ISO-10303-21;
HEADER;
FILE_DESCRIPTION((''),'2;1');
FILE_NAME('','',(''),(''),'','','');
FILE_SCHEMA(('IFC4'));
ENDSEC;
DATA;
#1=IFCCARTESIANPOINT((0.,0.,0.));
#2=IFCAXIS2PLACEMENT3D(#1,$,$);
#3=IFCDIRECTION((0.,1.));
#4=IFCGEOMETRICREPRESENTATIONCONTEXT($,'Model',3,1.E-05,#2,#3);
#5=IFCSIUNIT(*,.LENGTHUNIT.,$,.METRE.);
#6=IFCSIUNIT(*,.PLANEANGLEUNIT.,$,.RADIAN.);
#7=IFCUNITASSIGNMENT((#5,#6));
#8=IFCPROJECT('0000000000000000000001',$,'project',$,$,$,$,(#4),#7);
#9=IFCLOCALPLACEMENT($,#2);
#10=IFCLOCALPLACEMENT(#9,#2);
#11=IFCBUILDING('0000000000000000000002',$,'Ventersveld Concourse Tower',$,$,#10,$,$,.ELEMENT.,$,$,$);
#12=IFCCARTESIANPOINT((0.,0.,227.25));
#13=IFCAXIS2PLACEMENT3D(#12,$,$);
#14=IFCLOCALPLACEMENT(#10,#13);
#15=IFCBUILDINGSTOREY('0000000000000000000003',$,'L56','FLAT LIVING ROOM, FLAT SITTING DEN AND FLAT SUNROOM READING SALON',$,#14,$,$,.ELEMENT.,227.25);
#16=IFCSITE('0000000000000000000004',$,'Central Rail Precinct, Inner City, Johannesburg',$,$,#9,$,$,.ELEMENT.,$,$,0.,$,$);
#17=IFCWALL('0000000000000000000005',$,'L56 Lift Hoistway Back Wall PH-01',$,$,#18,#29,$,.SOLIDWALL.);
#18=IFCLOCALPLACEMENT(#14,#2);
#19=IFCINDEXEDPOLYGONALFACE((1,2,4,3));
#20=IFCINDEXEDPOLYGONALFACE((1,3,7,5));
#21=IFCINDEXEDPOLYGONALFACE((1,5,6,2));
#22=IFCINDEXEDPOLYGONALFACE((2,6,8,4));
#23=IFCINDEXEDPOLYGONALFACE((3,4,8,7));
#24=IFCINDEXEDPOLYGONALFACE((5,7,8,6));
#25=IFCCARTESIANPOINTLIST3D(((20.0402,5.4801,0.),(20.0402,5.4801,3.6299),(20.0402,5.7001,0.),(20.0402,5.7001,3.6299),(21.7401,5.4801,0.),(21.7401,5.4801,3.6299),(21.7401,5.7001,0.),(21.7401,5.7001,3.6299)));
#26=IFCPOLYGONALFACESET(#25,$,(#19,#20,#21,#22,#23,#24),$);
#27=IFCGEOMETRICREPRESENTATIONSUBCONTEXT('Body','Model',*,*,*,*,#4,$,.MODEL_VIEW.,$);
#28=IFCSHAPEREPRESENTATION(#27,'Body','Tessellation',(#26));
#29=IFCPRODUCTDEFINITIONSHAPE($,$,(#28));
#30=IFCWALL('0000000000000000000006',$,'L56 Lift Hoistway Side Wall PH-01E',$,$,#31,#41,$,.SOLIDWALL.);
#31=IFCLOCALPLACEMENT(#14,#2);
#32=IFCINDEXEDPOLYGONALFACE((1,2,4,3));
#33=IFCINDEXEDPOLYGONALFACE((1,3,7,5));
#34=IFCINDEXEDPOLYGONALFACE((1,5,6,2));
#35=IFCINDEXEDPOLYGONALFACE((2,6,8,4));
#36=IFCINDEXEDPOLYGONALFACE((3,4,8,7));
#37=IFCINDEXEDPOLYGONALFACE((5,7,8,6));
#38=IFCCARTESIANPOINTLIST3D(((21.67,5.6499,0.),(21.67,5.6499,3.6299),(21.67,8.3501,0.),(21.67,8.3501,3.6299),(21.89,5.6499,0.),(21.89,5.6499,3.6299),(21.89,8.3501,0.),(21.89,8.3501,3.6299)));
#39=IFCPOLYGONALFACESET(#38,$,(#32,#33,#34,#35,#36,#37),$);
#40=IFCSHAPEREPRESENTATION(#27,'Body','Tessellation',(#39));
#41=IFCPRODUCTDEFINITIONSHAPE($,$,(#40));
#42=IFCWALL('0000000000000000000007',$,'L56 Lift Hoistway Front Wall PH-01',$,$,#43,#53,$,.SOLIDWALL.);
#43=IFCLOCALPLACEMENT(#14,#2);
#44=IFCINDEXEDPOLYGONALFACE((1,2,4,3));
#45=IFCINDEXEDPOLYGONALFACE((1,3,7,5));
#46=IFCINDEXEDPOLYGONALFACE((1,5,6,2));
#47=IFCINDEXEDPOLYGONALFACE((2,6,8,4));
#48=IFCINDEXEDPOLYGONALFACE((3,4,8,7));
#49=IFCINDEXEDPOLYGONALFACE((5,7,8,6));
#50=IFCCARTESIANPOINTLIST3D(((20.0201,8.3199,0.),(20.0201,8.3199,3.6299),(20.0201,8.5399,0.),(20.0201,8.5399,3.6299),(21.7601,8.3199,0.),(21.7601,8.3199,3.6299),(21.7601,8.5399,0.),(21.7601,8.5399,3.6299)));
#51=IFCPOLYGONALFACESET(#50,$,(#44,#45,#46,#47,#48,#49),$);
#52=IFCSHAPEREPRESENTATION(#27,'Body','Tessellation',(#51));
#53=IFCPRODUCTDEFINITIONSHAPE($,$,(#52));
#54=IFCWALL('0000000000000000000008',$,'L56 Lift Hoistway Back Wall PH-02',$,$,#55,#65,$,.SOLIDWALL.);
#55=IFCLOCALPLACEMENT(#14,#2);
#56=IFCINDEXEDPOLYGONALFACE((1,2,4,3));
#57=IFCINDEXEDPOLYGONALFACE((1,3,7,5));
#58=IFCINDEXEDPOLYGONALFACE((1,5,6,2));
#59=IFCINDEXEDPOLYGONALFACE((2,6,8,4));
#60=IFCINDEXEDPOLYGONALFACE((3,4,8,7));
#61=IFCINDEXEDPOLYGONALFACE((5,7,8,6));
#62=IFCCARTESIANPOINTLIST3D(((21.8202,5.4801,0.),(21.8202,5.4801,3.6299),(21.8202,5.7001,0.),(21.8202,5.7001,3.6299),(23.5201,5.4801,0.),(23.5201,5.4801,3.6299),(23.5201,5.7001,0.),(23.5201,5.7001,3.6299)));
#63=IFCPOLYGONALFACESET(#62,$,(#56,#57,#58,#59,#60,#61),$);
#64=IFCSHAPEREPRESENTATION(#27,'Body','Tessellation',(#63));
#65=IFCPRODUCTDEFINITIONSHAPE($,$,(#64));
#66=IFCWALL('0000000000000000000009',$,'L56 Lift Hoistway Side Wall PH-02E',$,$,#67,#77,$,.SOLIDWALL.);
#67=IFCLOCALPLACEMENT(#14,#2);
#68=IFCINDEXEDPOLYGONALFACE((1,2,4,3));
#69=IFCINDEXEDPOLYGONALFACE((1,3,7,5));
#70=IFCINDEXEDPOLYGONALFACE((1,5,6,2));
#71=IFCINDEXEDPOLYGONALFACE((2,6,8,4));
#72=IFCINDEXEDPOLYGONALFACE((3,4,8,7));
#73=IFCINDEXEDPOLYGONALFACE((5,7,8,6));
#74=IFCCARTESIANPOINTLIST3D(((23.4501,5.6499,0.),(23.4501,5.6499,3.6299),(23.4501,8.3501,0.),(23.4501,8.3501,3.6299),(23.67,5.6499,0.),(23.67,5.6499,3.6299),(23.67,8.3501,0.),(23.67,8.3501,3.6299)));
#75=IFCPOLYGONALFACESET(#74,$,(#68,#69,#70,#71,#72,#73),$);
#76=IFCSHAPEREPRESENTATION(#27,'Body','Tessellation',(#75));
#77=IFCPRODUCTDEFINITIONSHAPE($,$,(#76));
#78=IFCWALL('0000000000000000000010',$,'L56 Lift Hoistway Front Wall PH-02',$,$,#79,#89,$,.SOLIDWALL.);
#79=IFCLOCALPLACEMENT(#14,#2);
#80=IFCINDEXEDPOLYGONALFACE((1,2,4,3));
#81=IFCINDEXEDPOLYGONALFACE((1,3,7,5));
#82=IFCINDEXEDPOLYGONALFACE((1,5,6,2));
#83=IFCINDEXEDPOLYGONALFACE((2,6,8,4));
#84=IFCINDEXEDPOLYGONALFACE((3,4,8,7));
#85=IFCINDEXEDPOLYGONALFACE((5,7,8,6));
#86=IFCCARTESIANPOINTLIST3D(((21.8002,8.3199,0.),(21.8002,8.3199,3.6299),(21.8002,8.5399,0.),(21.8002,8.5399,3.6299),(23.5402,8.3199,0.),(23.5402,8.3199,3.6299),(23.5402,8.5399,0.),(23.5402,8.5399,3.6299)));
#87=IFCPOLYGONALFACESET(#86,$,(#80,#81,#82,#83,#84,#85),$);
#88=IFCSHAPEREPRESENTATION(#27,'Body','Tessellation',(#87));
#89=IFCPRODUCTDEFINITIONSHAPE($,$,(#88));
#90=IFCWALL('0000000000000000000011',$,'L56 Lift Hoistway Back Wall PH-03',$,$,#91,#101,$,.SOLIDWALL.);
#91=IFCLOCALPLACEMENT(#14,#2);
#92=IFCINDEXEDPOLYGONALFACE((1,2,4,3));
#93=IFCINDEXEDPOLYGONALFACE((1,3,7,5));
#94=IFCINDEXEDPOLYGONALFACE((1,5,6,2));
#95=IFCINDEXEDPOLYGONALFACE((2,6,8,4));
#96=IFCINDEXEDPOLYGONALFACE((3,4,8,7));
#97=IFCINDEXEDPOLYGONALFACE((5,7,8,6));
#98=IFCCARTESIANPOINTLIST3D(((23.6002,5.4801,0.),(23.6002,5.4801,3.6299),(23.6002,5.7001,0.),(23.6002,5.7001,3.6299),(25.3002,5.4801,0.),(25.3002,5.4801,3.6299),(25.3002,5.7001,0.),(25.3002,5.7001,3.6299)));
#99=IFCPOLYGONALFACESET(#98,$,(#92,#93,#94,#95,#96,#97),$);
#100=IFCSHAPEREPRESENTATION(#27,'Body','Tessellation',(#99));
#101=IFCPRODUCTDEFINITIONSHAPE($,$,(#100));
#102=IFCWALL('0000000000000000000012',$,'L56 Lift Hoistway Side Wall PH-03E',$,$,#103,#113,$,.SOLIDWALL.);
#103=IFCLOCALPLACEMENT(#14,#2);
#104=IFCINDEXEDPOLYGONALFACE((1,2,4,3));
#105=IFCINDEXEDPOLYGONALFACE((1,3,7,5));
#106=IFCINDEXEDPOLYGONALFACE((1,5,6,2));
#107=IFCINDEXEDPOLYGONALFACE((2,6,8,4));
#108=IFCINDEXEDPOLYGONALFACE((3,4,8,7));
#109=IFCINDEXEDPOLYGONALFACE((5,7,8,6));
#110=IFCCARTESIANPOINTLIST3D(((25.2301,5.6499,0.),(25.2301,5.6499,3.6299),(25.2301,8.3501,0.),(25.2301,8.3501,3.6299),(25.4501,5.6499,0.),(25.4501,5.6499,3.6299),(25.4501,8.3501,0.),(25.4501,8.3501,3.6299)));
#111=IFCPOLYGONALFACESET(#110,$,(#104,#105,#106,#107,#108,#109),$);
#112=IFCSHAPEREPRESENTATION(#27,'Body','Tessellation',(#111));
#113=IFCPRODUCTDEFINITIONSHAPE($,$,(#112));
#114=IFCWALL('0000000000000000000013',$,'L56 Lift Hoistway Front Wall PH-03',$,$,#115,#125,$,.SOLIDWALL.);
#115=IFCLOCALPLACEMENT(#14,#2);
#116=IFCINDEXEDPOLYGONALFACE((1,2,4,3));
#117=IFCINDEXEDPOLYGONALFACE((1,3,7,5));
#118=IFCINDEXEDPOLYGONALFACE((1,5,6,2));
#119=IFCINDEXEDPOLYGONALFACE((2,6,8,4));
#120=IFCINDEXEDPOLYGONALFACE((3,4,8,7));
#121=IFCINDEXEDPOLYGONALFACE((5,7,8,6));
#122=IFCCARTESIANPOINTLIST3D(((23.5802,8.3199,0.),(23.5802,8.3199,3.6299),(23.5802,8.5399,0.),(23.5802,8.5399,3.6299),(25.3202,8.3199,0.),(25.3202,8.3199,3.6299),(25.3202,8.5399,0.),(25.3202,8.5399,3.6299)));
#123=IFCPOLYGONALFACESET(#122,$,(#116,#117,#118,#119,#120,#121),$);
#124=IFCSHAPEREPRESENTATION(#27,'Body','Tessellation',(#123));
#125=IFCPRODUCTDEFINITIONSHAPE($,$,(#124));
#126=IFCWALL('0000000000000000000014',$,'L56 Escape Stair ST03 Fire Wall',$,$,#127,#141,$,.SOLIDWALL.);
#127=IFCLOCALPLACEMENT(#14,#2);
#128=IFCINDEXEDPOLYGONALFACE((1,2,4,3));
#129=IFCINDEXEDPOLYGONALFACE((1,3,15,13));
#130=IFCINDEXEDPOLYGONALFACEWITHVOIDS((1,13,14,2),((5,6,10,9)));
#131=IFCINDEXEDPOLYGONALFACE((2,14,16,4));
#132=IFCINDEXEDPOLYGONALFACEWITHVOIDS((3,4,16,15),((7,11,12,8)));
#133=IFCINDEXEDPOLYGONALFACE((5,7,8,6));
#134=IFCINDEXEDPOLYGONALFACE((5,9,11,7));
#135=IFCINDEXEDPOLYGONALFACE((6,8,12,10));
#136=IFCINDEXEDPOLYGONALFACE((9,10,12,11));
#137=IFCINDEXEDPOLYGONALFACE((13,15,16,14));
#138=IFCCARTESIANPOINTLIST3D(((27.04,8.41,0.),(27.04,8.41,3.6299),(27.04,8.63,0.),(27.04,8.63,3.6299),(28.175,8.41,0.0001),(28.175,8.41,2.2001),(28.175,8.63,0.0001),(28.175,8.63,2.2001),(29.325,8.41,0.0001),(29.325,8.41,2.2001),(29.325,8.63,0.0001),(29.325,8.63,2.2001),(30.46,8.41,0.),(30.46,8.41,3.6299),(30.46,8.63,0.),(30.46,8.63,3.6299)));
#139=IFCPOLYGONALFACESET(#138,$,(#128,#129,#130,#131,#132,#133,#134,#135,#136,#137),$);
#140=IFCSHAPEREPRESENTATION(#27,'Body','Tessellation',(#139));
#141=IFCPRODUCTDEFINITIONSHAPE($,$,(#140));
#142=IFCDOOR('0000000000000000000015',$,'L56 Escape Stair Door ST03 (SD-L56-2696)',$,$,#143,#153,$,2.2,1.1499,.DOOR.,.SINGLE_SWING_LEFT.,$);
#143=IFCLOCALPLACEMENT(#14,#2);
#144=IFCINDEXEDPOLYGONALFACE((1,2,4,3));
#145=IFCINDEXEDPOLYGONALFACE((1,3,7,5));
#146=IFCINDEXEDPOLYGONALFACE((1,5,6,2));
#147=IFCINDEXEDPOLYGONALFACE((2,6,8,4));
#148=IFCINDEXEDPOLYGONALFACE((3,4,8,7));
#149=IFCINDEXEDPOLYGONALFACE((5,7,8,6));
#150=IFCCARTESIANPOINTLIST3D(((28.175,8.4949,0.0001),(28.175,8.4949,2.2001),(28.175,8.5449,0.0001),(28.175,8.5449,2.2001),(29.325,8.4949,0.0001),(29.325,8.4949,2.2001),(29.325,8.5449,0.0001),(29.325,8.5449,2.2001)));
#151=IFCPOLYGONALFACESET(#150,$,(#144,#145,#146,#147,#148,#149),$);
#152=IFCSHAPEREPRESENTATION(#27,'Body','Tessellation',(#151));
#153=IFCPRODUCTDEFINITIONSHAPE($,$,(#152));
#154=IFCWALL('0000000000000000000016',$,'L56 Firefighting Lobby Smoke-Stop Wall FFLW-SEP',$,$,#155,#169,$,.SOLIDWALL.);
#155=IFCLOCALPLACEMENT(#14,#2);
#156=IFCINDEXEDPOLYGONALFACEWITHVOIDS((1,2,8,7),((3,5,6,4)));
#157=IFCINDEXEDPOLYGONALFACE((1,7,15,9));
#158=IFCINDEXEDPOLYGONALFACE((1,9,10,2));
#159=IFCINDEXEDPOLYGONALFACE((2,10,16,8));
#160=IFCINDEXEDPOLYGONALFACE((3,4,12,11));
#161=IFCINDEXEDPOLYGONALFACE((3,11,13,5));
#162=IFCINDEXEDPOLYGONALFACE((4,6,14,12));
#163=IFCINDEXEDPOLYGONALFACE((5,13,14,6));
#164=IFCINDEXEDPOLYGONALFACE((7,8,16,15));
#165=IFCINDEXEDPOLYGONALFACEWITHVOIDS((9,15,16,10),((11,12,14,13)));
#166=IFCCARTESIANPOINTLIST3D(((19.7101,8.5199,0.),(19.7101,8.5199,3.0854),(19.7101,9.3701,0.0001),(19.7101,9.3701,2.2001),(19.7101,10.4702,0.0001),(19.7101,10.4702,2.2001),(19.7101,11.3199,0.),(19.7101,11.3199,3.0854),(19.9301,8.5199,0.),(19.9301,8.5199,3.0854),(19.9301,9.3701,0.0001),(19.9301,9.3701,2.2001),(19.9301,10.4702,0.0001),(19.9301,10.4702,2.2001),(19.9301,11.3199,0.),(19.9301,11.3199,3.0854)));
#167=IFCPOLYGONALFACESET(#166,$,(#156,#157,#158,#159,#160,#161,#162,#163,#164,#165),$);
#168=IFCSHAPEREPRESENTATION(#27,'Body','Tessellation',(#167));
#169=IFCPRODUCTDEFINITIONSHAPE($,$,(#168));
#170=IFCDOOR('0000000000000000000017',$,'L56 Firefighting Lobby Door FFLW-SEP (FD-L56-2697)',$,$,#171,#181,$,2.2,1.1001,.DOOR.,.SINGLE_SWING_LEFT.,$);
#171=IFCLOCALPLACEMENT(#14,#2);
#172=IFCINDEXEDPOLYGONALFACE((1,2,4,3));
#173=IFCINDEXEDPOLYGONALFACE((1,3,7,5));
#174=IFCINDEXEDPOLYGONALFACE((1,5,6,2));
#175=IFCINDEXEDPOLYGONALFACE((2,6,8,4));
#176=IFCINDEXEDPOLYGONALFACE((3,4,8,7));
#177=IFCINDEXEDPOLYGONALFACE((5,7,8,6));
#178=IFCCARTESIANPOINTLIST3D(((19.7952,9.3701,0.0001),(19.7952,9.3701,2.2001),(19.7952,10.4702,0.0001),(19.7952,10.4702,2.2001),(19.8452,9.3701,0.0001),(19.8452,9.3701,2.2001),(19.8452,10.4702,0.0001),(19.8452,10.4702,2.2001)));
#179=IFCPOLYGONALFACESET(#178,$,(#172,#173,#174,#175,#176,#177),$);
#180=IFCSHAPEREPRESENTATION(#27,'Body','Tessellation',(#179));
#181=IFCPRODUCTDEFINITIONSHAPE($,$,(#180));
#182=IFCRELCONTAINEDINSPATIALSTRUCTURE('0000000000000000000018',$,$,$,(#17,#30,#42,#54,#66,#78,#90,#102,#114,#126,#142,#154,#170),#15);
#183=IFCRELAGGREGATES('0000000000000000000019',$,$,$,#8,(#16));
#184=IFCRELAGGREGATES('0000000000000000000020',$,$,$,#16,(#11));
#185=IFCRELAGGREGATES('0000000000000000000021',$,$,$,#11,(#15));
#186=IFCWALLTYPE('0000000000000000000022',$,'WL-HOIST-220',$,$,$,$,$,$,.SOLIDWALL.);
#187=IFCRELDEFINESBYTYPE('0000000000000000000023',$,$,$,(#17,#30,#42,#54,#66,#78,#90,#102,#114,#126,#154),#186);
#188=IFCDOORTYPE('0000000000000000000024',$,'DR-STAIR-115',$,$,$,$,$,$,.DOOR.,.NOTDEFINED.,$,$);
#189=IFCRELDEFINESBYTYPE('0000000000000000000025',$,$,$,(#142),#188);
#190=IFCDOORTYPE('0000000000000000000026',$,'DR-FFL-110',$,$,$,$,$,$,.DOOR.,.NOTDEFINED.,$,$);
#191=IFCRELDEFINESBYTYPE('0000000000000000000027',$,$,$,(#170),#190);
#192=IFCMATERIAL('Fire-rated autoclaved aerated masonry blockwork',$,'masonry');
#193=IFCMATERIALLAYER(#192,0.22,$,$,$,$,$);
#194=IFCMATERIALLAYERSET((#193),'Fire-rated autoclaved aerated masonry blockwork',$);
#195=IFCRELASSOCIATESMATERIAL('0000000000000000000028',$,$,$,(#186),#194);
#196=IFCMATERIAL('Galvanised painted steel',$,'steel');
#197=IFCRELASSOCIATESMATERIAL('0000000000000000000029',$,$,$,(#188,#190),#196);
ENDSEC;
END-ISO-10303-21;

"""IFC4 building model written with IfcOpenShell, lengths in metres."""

from ifc_helpers import new_model, si_unit, direction, frame, frame_2d, origin, place, context, subcontext, project, spatial, rectangle, extrude, material, layer, layer_set, type_object, element, fill, save


model = new_model("IFC4")

# Units and contexts
model_context = context("Model", 3, precision=1e-05, world=origin(), true_north=direction((0.0, 1.0)))
body_context = subcontext(model_context, "Body", "Model", "MODEL_VIEW")
ifc_project = project(units=[si_unit("LENGTHUNIT", "METRE"), si_unit("PLANEANGLEUNIT", "RADIAN")], contexts=[model_context])

# Site, building, storey
site_placement = place(None, origin())
site = spatial("IfcSite", under=ifc_project, at=site_placement, Name="Central Rail Precinct, Inner City, Johannesburg", CompositionType="ELEMENT", RefElevation=0.0)
building_placement = place(site_placement, origin())
building = spatial("IfcBuilding", under=site, at=building_placement, Name="Ventersveld Concourse Tower", CompositionType="ELEMENT")
storey_placement = place(building_placement, frame((0.0, 0.0, 227.25)))
storey = spatial("IfcBuildingStorey", under=building, at=storey_placement, Name="L56", Description="FLAT LIVING ROOM, FLAT SITTING DEN AND FLAT SUNROOM READING SALON", CompositionType="ELEMENT", Elevation=227.25)

# Shared definitions
ifc_material_1 = material(Name="Fire-rated autoclaved aerated masonry blockwork", Category="masonry")
ifc_material_2 = material(Name="Galvanised painted steel", Category="steel")

# Shared definitions
ifc_layer_1 = layer(ifc_material_1, 0.22)
ifc_layer_set_1 = layer_set([ifc_layer_1], Name="Fire-rated autoclaved aerated masonry blockwork")
wall_type_1 = type_object("IfcWallType", Name="WL-HOIST-220", PredefinedType="SOLIDWALL", material=ifc_layer_set_1)

# Walls
wall_1_placement = place(storey_placement, frame((20.04, 5.5901, 0.0), z_axis=(0.0, 0.0, 1.0), x_axis=(1.0, 0.0, 0.0)))
element("IfcWall", 1, at=wall_1_placement, inside=storey, type_object=wall_type_1, Name="L56 Lift Hoistway Back Wall PH-01", PredefinedType="SOLIDWALL", context=body_context, shape_type="SweptSolid", body=[
    extrude(rectangle(XDim=1.7, YDim=0.22, at=frame_2d((0.8501, 0.0))), origin(), (0.0, 0.0, 1.0), 3.6299),
])
wall_2_placement = place(storey_placement, frame((21.78, 5.6499, 0.0), z_axis=(0.0, 0.0, 1.0), x_axis=(0.0, 1.0, 0.0)))
element("IfcWall", 2, at=wall_2_placement, inside=storey, type_object=wall_type_1, Name="L56 Lift Hoistway Side Wall PH-01E", PredefinedType="SOLIDWALL", context=body_context, shape_type="SweptSolid", body=[
    extrude(rectangle(XDim=2.7002, YDim=0.22, at=frame_2d((1.3501, 0.0))), origin(), (0.0, 0.0, 1.0), 3.6299),
])
wall_3_placement = place(storey_placement, frame((20.02, 8.4299, 0.0), z_axis=(0.0, 0.0, 1.0), x_axis=(1.0, 0.0, 0.0)))
element("IfcWall", 3, at=wall_3_placement, inside=storey, type_object=wall_type_1, Name="L56 Lift Hoistway Front Wall PH-01", PredefinedType="SOLIDWALL", context=body_context, shape_type="SweptSolid", body=[
    extrude(rectangle(XDim=1.74, YDim=0.22, at=frame_2d((0.8701, 0.0))), origin(), (0.0, 0.0, 1.0), 3.6299),
])
wall_4_placement = place(storey_placement, frame((21.8201, 5.5901, 0.0), z_axis=(0.0, 0.0, 1.0), x_axis=(1.0, 0.0, 0.0)))
element("IfcWall", 4, at=wall_4_placement, inside=storey, type_object=wall_type_1, Name="L56 Lift Hoistway Back Wall PH-02", PredefinedType="SOLIDWALL", context=body_context, shape_type="SweptSolid", body=[
    extrude(rectangle(XDim=1.7, YDim=0.22, at=frame_2d((0.8501, 0.0))), origin(), (0.0, 0.0, 1.0), 3.6299),
])
wall_5_placement = place(storey_placement, frame((23.5601, 5.6499, 0.0), z_axis=(0.0, 0.0, 1.0), x_axis=(0.0, 1.0, 0.0)))
element("IfcWall", 5, at=wall_5_placement, inside=storey, type_object=wall_type_1, Name="L56 Lift Hoistway Side Wall PH-02E", PredefinedType="SOLIDWALL", context=body_context, shape_type="SweptSolid", body=[
    extrude(rectangle(XDim=2.7002, YDim=0.22, at=frame_2d((1.3501, 0.0))), origin(), (0.0, 0.0, 1.0), 3.6299),
])
wall_6_placement = place(storey_placement, frame((21.8, 8.4299, 0.0), z_axis=(0.0, 0.0, 1.0), x_axis=(1.0, 0.0, 0.0)))
element("IfcWall", 6, at=wall_6_placement, inside=storey, type_object=wall_type_1, Name="L56 Lift Hoistway Front Wall PH-02", PredefinedType="SOLIDWALL", context=body_context, shape_type="SweptSolid", body=[
    extrude(rectangle(XDim=1.74, YDim=0.22, at=frame_2d((0.8701, 0.0))), origin(), (0.0, 0.0, 1.0), 3.6299),
])
wall_7_placement = place(storey_placement, frame((23.6001, 5.5901, 0.0), z_axis=(0.0, 0.0, 1.0), x_axis=(1.0, 0.0, 0.0)))
element("IfcWall", 7, at=wall_7_placement, inside=storey, type_object=wall_type_1, Name="L56 Lift Hoistway Back Wall PH-03", PredefinedType="SOLIDWALL", context=body_context, shape_type="SweptSolid", body=[
    extrude(rectangle(XDim=1.7, YDim=0.22, at=frame_2d((0.8501, 0.0))), origin(), (0.0, 0.0, 1.0), 3.6299),
])
wall_8_placement = place(storey_placement, frame((25.3401, 5.6499, 0.0), z_axis=(0.0, 0.0, 1.0), x_axis=(0.0, 1.0, 0.0)))
element("IfcWall", 8, at=wall_8_placement, inside=storey, type_object=wall_type_1, Name="L56 Lift Hoistway Side Wall PH-03E", PredefinedType="SOLIDWALL", context=body_context, shape_type="SweptSolid", body=[
    extrude(rectangle(XDim=2.7002, YDim=0.22, at=frame_2d((1.3501, 0.0))), origin(), (0.0, 0.0, 1.0), 3.6299),
])
wall_9_placement = place(storey_placement, frame((23.5801, 8.4299, 0.0), z_axis=(0.0, 0.0, 1.0), x_axis=(1.0, 0.0, 0.0)))
element("IfcWall", 9, at=wall_9_placement, inside=storey, type_object=wall_type_1, Name="L56 Lift Hoistway Front Wall PH-03", PredefinedType="SOLIDWALL", context=body_context, shape_type="SweptSolid", body=[
    extrude(rectangle(XDim=1.74, YDim=0.22, at=frame_2d((0.8701, 0.0))), origin(), (0.0, 0.0, 1.0), 3.6299),
])

# Walls, openings, doors
wall_10_placement = place(storey_placement, frame((27.04, 8.52, 0.0), z_axis=(0.0, 0.0, 1.0), x_axis=(1.0, 0.0, 0.0)))
wall_10 = element("IfcWall", 10, at=wall_10_placement, inside=storey, type_object=wall_type_1, Name="L56 Escape Stair ST03 Fire Wall", PredefinedType="SOLIDWALL", context=body_context, shape_type="SweptSolid", body=[
    extrude(rectangle(XDim=3.4199, YDim=0.22, at=frame_2d((1.71, 0.0))), origin(), (0.0, 0.0, 1.0), 3.6299),
])
opening_1_placement = place(wall_10_placement, frame((1.135, 0.0, 0.0)))
opening_1 = element("IfcOpeningElement", 11, at=opening_1_placement, cuts=wall_10, PredefinedType="OPENING", context=body_context, shape_type="SweptSolid", body=[
    extrude(rectangle(XDim=1.1499, YDim=2.2, at=frame_2d((0.575, 1.1001))), frame((0.0, 0.1201, 0.0), z_axis=(0.0, -1.0, 0.0), x_axis=(1.0, 0.0, 0.0)), (0.0, 0.0, 1.0), 0.24),
])
door_type_1 = type_object("IfcDoorType", Name="DR-STAIR-115", OperationType="NOTDEFINED", PredefinedType="DOOR", material=ifc_material_2)
door_1_placement = place(opening_1_placement, origin())
door_1 = element("IfcDoor", 12, at=door_1_placement, inside=storey, type_object=door_type_1, Name="L56 Escape Stair Door ST03 (SD-L56-2696)", OperationType="SINGLE_SWING_LEFT", OverallHeight=2.2, OverallWidth=1.1499, PredefinedType="DOOR", context=body_context, shape_type="SweptSolid", body=[
    extrude(rectangle(XDim=1.1499, YDim=2.2, at=frame_2d((0.575, 1.1001))), frame((0.0, 0.0249, 0.0), z_axis=(0.0, -1.0, 0.0), x_axis=(1.0, 0.0, 0.0)), (0.0, 0.0, 1.0), 0.05),
])
fill(opening_1, door_1)
wall_11_placement = place(storey_placement, frame((19.8201, 8.52, 0.0), z_axis=(0.0, 0.0, 1.0), x_axis=(0.0, 1.0, 0.0)))
wall_11 = element("IfcWall", 13, at=wall_11_placement, inside=storey, type_object=wall_type_1, Name="L56 Firefighting Lobby Smoke-Stop Wall FFLW-SEP", PredefinedType="SOLIDWALL", context=body_context, shape_type="SweptSolid", body=[
    extrude(rectangle(XDim=2.8, YDim=0.22, at=frame_2d((1.3999, 0.0))), origin(), (0.0, 0.0, 1.0), 3.0854),
])
opening_2_placement = place(wall_11_placement, frame((0.8501, 0.0, 0.0)))
opening_2 = element("IfcOpeningElement", 14, at=opening_2_placement, cuts=wall_11, PredefinedType="OPENING", context=body_context, shape_type="SweptSolid", body=[
    extrude(rectangle(XDim=1.1001, YDim=2.2, at=frame_2d((0.55, 1.1001))), frame((0.0, 0.1201, 0.0), z_axis=(0.0, -1.0, 0.0), x_axis=(1.0, 0.0, 0.0)), (0.0, 0.0, 1.0), 0.24),
])
door_type_2 = type_object("IfcDoorType", Name="DR-FFL-110", OperationType="NOTDEFINED", PredefinedType="DOOR", material=ifc_material_2)
door_2_placement = place(opening_2_placement, origin())
door_2 = element("IfcDoor", 15, at=door_2_placement, inside=storey, type_object=door_type_2, Name="L56 Firefighting Lobby Door FFLW-SEP (FD-L56-2697)", OperationType="SINGLE_SWING_LEFT", OverallHeight=2.2, OverallWidth=1.1001, PredefinedType="DOOR", context=body_context, shape_type="SweptSolid", body=[
    extrude(rectangle(XDim=1.1001, YDim=2.2, at=frame_2d((0.55, 1.1001))), frame((0.0, 0.0249, 0.0), z_axis=(0.0, -1.0, 0.0), x_axis=(1.0, 0.0, 0.0)), (0.0, 0.0, 1.0), 0.05),
])
fill(opening_2, door_2)

save(model, "model.ifc")
